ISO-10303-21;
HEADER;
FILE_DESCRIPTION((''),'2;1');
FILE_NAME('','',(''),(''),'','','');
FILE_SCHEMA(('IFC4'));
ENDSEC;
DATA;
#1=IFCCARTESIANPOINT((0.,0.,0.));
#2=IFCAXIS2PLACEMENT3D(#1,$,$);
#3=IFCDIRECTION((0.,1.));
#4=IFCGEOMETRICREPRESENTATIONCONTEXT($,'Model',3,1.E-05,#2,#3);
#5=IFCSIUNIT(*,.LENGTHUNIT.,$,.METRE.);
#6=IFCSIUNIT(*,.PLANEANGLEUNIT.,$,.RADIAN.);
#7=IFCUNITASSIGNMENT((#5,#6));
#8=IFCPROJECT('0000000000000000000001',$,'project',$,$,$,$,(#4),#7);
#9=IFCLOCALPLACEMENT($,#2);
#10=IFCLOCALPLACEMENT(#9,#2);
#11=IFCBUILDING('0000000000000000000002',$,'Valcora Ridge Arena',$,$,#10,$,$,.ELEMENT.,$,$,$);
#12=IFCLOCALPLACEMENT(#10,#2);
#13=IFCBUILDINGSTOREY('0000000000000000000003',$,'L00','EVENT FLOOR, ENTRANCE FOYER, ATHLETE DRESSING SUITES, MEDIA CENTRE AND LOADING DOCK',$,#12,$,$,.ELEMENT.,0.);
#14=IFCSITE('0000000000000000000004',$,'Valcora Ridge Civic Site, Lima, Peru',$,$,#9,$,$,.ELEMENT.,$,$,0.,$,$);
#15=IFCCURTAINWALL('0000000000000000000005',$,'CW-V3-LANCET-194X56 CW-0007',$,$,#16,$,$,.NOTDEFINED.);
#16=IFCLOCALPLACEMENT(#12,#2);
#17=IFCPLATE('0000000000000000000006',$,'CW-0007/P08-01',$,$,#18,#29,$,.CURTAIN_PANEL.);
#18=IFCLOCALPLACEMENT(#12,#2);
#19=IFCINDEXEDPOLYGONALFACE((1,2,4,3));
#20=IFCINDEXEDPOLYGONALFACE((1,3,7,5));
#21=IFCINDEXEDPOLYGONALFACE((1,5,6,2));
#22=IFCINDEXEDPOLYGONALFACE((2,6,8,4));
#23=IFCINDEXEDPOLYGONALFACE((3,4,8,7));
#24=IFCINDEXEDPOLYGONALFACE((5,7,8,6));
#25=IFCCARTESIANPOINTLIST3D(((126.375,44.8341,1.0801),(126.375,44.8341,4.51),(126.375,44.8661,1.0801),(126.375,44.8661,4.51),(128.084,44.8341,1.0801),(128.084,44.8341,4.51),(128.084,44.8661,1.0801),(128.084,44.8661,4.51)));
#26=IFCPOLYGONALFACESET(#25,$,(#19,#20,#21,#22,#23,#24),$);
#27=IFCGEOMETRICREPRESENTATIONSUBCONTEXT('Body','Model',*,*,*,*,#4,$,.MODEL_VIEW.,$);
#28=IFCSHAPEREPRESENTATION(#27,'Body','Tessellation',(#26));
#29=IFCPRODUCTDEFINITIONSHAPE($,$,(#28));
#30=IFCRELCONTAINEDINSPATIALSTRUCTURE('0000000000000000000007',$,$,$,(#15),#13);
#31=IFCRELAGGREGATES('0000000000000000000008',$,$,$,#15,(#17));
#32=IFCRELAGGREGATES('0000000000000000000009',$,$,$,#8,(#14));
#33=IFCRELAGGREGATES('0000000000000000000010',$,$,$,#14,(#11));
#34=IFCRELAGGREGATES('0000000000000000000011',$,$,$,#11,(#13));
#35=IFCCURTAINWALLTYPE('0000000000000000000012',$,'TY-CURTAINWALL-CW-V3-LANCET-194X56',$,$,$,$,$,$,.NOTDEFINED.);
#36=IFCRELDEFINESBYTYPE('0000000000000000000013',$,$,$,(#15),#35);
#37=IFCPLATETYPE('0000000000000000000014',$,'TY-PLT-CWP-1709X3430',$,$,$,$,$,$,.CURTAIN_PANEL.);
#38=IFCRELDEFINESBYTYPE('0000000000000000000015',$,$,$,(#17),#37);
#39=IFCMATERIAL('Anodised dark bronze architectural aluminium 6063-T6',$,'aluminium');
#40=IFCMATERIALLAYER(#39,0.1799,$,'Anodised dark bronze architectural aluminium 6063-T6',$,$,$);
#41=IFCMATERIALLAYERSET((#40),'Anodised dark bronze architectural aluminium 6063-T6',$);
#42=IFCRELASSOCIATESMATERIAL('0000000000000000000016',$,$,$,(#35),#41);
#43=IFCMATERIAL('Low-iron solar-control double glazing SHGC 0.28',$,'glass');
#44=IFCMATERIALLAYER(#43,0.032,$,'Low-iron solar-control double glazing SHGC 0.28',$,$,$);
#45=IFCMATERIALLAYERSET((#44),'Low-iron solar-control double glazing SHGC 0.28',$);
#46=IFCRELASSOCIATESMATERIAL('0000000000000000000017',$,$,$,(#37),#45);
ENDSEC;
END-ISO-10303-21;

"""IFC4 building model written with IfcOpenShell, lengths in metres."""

from ifc_helpers import new_model, si_unit, direction, frame, origin, origin_2d, place, context, subcontext, project, spatial, rectangle, extrude, material, layer, layer_set, type_object, element, aggregate, save


model = new_model("IFC4")

# Units and contexts
model_context = context("Model", 3, precision=1e-05, world=origin(), true_north=direction((0.0, 1.0)))
body_context = subcontext(model_context, "Body", "Model", "MODEL_VIEW")
ifc_project = project(units=[si_unit("LENGTHUNIT", "METRE"), si_unit("PLANEANGLEUNIT", "RADIAN")], contexts=[model_context])

# Site, building, storey
site_placement = place(None, origin())
site = spatial("IfcSite", under=ifc_project, at=site_placement, Name="Valcora Ridge Civic Site, Lima, Peru", CompositionType="ELEMENT", RefElevation=0.0)
building_placement = place(site_placement, origin())
building = spatial("IfcBuilding", under=site, at=building_placement, Name="Valcora Ridge Arena", CompositionType="ELEMENT")
storey_placement = place(building_placement, origin())
storey = spatial("IfcBuildingStorey", under=building, at=storey_placement, Name="L00", Description="EVENT FLOOR, ENTRANCE FOYER, ATHLETE DRESSING SUITES, MEDIA CENTRE AND LOADING DOCK", CompositionType="ELEMENT", Elevation=0.0)

# Shared definitions
ifc_material_1 = material(Name="Anodised dark bronze architectural aluminium 6063-T6", Category="aluminium")

# Curtain wall
ifc_layer_1 = layer(ifc_material_1, 0.1799, Name="Anodised dark bronze architectural aluminium 6063-T6")
ifc_layer_set_1 = layer_set([ifc_layer_1], Name="Anodised dark bronze architectural aluminium 6063-T6")
curtain_wall_type_1 = type_object("IfcCurtainWallType", Name="TY-CURTAINWALL-CW-V3-LANCET-194X56", PredefinedType="NOTDEFINED", material=ifc_layer_set_1)
curtain_wall_1_placement = place(storey_placement, origin())
curtain_wall_1 = element("IfcCurtainWall", 1, at=curtain_wall_1_placement, inside=storey, type_object=curtain_wall_type_1, Name="CW-V3-LANCET-194X56 CW-0007", PredefinedType="NOTDEFINED")

# Plate
ifc_material_2 = material(Name="Low-iron solar-control double glazing SHGC 0.28", Category="glass")
ifc_layer_2 = layer(ifc_material_2, 0.032, Name="Low-iron solar-control double glazing SHGC 0.28")
ifc_layer_set_2 = layer_set([ifc_layer_2], Name="Low-iron solar-control double glazing SHGC 0.28")
plate_type_1 = type_object("IfcPlateType", Name="TY-PLT-CWP-1709X3430", PredefinedType="CURTAIN_PANEL", material=ifc_layer_set_2)
plate_1_placement = place(storey_placement, frame((127.2295, 44.8501, 1.0801), z_axis=(0.0, 0.0, 1.0), x_axis=(1.0, 0.0, 0.0)))
plate_1 = element("IfcPlate", 2, at=plate_1_placement, type_object=plate_type_1, Name="CW-0007/P08-01", PredefinedType="CURTAIN_PANEL", context=body_context, shape_type="SweptSolid", body=[
    extrude(rectangle(XDim=1.709, YDim=0.032, at=origin_2d()), origin(), (0.0, 0.0, 1.0), 3.4299),
])
aggregate(curtain_wall_1, [plate_1])

save(model, "model.ifc")
